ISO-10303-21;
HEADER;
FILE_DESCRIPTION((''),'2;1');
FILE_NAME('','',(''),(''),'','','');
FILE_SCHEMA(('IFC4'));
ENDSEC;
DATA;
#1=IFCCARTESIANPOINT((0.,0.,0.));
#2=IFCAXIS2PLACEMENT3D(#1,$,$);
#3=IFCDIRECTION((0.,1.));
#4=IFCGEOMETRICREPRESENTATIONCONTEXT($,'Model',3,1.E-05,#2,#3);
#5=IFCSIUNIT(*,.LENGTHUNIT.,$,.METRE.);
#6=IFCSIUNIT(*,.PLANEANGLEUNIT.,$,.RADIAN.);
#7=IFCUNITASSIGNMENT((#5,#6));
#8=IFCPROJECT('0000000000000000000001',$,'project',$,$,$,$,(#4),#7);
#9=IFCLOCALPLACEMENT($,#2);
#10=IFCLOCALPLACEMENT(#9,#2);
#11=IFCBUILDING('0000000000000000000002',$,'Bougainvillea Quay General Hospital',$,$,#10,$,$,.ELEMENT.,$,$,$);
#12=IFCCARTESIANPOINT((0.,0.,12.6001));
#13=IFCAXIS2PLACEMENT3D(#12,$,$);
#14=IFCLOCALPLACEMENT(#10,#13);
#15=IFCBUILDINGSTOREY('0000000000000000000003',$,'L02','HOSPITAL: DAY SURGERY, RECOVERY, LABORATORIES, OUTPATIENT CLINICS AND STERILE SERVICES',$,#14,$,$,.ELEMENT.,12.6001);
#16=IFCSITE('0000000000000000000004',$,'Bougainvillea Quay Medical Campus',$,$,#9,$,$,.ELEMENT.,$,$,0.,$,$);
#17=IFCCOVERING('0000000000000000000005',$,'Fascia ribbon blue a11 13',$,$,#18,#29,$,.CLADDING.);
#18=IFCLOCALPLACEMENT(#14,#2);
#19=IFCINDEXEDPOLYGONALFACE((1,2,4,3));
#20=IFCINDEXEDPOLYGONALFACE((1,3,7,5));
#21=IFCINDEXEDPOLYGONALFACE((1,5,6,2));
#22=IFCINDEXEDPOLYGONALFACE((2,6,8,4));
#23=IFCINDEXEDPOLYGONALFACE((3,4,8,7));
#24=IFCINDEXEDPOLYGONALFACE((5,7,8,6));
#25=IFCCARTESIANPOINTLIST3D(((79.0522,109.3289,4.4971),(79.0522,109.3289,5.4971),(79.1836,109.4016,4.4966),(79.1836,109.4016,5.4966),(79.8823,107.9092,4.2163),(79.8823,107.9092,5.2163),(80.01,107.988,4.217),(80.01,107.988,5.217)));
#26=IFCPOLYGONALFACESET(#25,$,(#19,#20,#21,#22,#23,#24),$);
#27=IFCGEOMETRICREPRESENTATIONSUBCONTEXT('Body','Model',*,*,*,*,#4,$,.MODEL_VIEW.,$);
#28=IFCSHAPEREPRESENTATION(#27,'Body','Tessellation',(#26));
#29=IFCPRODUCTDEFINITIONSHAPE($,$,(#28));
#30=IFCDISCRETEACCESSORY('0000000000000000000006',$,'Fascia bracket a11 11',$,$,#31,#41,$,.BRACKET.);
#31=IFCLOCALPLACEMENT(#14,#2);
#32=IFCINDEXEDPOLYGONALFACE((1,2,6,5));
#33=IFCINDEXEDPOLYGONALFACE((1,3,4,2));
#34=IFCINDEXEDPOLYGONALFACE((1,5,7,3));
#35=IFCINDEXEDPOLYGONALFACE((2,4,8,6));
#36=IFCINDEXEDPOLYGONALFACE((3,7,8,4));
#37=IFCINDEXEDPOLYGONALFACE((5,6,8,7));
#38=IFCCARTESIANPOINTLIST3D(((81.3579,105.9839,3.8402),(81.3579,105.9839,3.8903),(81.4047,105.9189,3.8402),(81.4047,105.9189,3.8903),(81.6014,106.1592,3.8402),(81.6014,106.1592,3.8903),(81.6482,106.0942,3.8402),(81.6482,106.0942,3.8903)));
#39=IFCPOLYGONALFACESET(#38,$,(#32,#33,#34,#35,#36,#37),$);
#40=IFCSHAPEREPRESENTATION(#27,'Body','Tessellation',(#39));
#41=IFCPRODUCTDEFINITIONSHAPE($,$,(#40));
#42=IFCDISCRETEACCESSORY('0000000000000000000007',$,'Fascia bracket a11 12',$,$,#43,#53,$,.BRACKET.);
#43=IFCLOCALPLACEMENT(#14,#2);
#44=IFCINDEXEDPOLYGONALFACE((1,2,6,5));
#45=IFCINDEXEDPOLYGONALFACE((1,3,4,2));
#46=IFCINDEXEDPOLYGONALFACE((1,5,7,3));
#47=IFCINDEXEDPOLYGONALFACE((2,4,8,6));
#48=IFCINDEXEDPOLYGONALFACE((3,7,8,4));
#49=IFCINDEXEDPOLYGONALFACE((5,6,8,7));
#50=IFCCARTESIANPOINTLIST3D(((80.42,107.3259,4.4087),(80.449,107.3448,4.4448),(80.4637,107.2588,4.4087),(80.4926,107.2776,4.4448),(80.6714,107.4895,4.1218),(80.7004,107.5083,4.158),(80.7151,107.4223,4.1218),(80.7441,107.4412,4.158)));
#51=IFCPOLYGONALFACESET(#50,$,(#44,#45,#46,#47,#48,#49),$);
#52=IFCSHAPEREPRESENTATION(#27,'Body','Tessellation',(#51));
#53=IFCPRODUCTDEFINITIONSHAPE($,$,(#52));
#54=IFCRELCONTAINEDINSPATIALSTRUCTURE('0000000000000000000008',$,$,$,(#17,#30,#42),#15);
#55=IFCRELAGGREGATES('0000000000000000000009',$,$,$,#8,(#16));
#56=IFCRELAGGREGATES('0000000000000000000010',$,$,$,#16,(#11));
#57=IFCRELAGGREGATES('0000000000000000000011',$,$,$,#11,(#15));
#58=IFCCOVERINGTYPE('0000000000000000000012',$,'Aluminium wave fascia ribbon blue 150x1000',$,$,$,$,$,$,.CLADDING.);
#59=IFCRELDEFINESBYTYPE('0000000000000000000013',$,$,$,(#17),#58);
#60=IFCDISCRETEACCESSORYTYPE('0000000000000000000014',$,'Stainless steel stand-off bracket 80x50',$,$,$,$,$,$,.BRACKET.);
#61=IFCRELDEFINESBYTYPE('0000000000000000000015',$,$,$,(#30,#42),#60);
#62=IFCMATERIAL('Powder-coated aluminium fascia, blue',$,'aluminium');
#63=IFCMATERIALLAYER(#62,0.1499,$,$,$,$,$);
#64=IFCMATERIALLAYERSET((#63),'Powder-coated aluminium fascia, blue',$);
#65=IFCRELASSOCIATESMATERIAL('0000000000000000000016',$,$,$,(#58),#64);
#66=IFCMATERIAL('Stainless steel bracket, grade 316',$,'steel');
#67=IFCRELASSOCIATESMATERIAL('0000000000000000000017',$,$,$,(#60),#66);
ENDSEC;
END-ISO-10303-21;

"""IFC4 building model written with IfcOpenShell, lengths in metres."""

from ifc_helpers import new_model, si_unit, direction, frame, origin, origin_2d, place, context, subcontext, project, spatial, polyline, rectangle, outline, extrude, material, layer, layer_set, material_profile, profile_set, type_object, element, save


model = new_model("IFC4")

# Units and contexts
model_context = context("Model", 3, precision=1e-05, world=origin(), true_north=direction((0.0, 1.0)))
body_context = subcontext(model_context, "Body", "Model", "MODEL_VIEW")
ifc_project = project(units=[si_unit("LENGTHUNIT", "METRE"), si_unit("PLANEANGLEUNIT", "RADIAN")], contexts=[model_context])

# Site, building, storey
site_placement = place(None, origin())
site = spatial("IfcSite", under=ifc_project, at=site_placement, Name="Bougainvillea Quay Medical Campus", CompositionType="ELEMENT", RefElevation=0.0)
building_placement = place(site_placement, origin())
building = spatial("IfcBuilding", under=site, at=building_placement, Name="Bougainvillea Quay General Hospital", CompositionType="ELEMENT")
storey_placement = place(building_placement, frame((0.0, 0.0, 12.6001)))
storey = spatial("IfcBuildingStorey", under=building, at=storey_placement, Name="L02", Description="HOSPITAL: DAY SURGERY, RECOVERY, LABORATORIES, OUTPATIENT CLINICS AND STERILE SERVICES", CompositionType="ELEMENT", Elevation=12.6001)

# Covering
ifc_material_1 = material(Name="Powder-coated aluminium fascia, blue", Category="aluminium")
ifc_layer_1 = layer(ifc_material_1, 0.1499)
ifc_layer_set_1 = layer_set([ifc_layer_1], Name="Powder-coated aluminium fascia, blue")
covering_type = type_object("IfcCoveringType", Name="Aluminium wave fascia ribbon blue 150x1000", PredefinedType="CLADDING", material=ifc_layer_set_1)
covering_1_placement = place(storey_placement, frame((80.01, 107.988, 4.217), z_axis=(0.084315, -0.145643, 0.985738), x_axis=(-0.497507, 0.85098, 0.168287)))
element("IfcCovering", 1, at=covering_1_placement, inside=storey, type_object=covering_type, Name="Fascia ribbon blue a11 13", PredefinedType="CLADDING", context=body_context, shape_type="SweptSolid", body=[
    extrude(outline(polyline([(0.0, 0.0), (1.6611, 0.0), (1.6646, 0.1501), (-0.0037, 0.15), (0.0, 0.0)])), origin(), (0.168287, -0.000708, 0.985738), 1.0),
])

# Discrete accessories
ifc_material_2 = material(Name="Stainless steel bracket, grade 316", Category="steel")
ifc_material_profile_1 = material_profile(ifc_material_2, rectangle(XDim=0.0801, YDim=0.05, at=origin_2d()))
ifc_profile_set_1 = profile_set([ifc_material_profile_1], Name="Stainless steel bracket, grade 316")
discrete_accessory_type = type_object("IfcDiscreteAccessoryType", Name="Stainless steel stand-off bracket 80x50", PredefinedType="BRACKET", material=ifc_profile_set_1)
discrete_accessory_1_placement = place(storey_placement, frame((81.6248, 106.1267, 3.8652), z_axis=(-0.811473, -0.58439, 0.0), x_axis=(0.58439, -0.811473, 0.0)))
element("IfcDiscreteAccessory", 2, at=discrete_accessory_1_placement, inside=storey, type_object=discrete_accessory_type, Name="Fascia bracket a11 11", PredefinedType="BRACKET", context=body_context, shape_type="SweptSolid", body=[
    extrude(rectangle(XDim=0.0801, YDim=0.05, at=origin_2d()), origin(), (0.0, 0.0, 1.0), 0.3),
])
discrete_accessory_2_placement = place(storey_placement, frame((80.7078, 107.4653, 4.1399), z_axis=(-0.605838, -0.394089, 0.691126), x_axis=(0.545274, -0.838258, 0.0)))
element("IfcDiscreteAccessory", 3, at=discrete_accessory_2_placement, inside=storey, type_object=discrete_accessory_type, Name="Fascia bracket a11 12", PredefinedType="BRACKET", context=body_context, shape_type="SweptSolid", body=[
    extrude(rectangle(XDim=0.0801, YDim=0.05, at=origin_2d()), origin(), (0.0, 0.0, 1.0), 0.415),
])

save(model, "model.ifc")
